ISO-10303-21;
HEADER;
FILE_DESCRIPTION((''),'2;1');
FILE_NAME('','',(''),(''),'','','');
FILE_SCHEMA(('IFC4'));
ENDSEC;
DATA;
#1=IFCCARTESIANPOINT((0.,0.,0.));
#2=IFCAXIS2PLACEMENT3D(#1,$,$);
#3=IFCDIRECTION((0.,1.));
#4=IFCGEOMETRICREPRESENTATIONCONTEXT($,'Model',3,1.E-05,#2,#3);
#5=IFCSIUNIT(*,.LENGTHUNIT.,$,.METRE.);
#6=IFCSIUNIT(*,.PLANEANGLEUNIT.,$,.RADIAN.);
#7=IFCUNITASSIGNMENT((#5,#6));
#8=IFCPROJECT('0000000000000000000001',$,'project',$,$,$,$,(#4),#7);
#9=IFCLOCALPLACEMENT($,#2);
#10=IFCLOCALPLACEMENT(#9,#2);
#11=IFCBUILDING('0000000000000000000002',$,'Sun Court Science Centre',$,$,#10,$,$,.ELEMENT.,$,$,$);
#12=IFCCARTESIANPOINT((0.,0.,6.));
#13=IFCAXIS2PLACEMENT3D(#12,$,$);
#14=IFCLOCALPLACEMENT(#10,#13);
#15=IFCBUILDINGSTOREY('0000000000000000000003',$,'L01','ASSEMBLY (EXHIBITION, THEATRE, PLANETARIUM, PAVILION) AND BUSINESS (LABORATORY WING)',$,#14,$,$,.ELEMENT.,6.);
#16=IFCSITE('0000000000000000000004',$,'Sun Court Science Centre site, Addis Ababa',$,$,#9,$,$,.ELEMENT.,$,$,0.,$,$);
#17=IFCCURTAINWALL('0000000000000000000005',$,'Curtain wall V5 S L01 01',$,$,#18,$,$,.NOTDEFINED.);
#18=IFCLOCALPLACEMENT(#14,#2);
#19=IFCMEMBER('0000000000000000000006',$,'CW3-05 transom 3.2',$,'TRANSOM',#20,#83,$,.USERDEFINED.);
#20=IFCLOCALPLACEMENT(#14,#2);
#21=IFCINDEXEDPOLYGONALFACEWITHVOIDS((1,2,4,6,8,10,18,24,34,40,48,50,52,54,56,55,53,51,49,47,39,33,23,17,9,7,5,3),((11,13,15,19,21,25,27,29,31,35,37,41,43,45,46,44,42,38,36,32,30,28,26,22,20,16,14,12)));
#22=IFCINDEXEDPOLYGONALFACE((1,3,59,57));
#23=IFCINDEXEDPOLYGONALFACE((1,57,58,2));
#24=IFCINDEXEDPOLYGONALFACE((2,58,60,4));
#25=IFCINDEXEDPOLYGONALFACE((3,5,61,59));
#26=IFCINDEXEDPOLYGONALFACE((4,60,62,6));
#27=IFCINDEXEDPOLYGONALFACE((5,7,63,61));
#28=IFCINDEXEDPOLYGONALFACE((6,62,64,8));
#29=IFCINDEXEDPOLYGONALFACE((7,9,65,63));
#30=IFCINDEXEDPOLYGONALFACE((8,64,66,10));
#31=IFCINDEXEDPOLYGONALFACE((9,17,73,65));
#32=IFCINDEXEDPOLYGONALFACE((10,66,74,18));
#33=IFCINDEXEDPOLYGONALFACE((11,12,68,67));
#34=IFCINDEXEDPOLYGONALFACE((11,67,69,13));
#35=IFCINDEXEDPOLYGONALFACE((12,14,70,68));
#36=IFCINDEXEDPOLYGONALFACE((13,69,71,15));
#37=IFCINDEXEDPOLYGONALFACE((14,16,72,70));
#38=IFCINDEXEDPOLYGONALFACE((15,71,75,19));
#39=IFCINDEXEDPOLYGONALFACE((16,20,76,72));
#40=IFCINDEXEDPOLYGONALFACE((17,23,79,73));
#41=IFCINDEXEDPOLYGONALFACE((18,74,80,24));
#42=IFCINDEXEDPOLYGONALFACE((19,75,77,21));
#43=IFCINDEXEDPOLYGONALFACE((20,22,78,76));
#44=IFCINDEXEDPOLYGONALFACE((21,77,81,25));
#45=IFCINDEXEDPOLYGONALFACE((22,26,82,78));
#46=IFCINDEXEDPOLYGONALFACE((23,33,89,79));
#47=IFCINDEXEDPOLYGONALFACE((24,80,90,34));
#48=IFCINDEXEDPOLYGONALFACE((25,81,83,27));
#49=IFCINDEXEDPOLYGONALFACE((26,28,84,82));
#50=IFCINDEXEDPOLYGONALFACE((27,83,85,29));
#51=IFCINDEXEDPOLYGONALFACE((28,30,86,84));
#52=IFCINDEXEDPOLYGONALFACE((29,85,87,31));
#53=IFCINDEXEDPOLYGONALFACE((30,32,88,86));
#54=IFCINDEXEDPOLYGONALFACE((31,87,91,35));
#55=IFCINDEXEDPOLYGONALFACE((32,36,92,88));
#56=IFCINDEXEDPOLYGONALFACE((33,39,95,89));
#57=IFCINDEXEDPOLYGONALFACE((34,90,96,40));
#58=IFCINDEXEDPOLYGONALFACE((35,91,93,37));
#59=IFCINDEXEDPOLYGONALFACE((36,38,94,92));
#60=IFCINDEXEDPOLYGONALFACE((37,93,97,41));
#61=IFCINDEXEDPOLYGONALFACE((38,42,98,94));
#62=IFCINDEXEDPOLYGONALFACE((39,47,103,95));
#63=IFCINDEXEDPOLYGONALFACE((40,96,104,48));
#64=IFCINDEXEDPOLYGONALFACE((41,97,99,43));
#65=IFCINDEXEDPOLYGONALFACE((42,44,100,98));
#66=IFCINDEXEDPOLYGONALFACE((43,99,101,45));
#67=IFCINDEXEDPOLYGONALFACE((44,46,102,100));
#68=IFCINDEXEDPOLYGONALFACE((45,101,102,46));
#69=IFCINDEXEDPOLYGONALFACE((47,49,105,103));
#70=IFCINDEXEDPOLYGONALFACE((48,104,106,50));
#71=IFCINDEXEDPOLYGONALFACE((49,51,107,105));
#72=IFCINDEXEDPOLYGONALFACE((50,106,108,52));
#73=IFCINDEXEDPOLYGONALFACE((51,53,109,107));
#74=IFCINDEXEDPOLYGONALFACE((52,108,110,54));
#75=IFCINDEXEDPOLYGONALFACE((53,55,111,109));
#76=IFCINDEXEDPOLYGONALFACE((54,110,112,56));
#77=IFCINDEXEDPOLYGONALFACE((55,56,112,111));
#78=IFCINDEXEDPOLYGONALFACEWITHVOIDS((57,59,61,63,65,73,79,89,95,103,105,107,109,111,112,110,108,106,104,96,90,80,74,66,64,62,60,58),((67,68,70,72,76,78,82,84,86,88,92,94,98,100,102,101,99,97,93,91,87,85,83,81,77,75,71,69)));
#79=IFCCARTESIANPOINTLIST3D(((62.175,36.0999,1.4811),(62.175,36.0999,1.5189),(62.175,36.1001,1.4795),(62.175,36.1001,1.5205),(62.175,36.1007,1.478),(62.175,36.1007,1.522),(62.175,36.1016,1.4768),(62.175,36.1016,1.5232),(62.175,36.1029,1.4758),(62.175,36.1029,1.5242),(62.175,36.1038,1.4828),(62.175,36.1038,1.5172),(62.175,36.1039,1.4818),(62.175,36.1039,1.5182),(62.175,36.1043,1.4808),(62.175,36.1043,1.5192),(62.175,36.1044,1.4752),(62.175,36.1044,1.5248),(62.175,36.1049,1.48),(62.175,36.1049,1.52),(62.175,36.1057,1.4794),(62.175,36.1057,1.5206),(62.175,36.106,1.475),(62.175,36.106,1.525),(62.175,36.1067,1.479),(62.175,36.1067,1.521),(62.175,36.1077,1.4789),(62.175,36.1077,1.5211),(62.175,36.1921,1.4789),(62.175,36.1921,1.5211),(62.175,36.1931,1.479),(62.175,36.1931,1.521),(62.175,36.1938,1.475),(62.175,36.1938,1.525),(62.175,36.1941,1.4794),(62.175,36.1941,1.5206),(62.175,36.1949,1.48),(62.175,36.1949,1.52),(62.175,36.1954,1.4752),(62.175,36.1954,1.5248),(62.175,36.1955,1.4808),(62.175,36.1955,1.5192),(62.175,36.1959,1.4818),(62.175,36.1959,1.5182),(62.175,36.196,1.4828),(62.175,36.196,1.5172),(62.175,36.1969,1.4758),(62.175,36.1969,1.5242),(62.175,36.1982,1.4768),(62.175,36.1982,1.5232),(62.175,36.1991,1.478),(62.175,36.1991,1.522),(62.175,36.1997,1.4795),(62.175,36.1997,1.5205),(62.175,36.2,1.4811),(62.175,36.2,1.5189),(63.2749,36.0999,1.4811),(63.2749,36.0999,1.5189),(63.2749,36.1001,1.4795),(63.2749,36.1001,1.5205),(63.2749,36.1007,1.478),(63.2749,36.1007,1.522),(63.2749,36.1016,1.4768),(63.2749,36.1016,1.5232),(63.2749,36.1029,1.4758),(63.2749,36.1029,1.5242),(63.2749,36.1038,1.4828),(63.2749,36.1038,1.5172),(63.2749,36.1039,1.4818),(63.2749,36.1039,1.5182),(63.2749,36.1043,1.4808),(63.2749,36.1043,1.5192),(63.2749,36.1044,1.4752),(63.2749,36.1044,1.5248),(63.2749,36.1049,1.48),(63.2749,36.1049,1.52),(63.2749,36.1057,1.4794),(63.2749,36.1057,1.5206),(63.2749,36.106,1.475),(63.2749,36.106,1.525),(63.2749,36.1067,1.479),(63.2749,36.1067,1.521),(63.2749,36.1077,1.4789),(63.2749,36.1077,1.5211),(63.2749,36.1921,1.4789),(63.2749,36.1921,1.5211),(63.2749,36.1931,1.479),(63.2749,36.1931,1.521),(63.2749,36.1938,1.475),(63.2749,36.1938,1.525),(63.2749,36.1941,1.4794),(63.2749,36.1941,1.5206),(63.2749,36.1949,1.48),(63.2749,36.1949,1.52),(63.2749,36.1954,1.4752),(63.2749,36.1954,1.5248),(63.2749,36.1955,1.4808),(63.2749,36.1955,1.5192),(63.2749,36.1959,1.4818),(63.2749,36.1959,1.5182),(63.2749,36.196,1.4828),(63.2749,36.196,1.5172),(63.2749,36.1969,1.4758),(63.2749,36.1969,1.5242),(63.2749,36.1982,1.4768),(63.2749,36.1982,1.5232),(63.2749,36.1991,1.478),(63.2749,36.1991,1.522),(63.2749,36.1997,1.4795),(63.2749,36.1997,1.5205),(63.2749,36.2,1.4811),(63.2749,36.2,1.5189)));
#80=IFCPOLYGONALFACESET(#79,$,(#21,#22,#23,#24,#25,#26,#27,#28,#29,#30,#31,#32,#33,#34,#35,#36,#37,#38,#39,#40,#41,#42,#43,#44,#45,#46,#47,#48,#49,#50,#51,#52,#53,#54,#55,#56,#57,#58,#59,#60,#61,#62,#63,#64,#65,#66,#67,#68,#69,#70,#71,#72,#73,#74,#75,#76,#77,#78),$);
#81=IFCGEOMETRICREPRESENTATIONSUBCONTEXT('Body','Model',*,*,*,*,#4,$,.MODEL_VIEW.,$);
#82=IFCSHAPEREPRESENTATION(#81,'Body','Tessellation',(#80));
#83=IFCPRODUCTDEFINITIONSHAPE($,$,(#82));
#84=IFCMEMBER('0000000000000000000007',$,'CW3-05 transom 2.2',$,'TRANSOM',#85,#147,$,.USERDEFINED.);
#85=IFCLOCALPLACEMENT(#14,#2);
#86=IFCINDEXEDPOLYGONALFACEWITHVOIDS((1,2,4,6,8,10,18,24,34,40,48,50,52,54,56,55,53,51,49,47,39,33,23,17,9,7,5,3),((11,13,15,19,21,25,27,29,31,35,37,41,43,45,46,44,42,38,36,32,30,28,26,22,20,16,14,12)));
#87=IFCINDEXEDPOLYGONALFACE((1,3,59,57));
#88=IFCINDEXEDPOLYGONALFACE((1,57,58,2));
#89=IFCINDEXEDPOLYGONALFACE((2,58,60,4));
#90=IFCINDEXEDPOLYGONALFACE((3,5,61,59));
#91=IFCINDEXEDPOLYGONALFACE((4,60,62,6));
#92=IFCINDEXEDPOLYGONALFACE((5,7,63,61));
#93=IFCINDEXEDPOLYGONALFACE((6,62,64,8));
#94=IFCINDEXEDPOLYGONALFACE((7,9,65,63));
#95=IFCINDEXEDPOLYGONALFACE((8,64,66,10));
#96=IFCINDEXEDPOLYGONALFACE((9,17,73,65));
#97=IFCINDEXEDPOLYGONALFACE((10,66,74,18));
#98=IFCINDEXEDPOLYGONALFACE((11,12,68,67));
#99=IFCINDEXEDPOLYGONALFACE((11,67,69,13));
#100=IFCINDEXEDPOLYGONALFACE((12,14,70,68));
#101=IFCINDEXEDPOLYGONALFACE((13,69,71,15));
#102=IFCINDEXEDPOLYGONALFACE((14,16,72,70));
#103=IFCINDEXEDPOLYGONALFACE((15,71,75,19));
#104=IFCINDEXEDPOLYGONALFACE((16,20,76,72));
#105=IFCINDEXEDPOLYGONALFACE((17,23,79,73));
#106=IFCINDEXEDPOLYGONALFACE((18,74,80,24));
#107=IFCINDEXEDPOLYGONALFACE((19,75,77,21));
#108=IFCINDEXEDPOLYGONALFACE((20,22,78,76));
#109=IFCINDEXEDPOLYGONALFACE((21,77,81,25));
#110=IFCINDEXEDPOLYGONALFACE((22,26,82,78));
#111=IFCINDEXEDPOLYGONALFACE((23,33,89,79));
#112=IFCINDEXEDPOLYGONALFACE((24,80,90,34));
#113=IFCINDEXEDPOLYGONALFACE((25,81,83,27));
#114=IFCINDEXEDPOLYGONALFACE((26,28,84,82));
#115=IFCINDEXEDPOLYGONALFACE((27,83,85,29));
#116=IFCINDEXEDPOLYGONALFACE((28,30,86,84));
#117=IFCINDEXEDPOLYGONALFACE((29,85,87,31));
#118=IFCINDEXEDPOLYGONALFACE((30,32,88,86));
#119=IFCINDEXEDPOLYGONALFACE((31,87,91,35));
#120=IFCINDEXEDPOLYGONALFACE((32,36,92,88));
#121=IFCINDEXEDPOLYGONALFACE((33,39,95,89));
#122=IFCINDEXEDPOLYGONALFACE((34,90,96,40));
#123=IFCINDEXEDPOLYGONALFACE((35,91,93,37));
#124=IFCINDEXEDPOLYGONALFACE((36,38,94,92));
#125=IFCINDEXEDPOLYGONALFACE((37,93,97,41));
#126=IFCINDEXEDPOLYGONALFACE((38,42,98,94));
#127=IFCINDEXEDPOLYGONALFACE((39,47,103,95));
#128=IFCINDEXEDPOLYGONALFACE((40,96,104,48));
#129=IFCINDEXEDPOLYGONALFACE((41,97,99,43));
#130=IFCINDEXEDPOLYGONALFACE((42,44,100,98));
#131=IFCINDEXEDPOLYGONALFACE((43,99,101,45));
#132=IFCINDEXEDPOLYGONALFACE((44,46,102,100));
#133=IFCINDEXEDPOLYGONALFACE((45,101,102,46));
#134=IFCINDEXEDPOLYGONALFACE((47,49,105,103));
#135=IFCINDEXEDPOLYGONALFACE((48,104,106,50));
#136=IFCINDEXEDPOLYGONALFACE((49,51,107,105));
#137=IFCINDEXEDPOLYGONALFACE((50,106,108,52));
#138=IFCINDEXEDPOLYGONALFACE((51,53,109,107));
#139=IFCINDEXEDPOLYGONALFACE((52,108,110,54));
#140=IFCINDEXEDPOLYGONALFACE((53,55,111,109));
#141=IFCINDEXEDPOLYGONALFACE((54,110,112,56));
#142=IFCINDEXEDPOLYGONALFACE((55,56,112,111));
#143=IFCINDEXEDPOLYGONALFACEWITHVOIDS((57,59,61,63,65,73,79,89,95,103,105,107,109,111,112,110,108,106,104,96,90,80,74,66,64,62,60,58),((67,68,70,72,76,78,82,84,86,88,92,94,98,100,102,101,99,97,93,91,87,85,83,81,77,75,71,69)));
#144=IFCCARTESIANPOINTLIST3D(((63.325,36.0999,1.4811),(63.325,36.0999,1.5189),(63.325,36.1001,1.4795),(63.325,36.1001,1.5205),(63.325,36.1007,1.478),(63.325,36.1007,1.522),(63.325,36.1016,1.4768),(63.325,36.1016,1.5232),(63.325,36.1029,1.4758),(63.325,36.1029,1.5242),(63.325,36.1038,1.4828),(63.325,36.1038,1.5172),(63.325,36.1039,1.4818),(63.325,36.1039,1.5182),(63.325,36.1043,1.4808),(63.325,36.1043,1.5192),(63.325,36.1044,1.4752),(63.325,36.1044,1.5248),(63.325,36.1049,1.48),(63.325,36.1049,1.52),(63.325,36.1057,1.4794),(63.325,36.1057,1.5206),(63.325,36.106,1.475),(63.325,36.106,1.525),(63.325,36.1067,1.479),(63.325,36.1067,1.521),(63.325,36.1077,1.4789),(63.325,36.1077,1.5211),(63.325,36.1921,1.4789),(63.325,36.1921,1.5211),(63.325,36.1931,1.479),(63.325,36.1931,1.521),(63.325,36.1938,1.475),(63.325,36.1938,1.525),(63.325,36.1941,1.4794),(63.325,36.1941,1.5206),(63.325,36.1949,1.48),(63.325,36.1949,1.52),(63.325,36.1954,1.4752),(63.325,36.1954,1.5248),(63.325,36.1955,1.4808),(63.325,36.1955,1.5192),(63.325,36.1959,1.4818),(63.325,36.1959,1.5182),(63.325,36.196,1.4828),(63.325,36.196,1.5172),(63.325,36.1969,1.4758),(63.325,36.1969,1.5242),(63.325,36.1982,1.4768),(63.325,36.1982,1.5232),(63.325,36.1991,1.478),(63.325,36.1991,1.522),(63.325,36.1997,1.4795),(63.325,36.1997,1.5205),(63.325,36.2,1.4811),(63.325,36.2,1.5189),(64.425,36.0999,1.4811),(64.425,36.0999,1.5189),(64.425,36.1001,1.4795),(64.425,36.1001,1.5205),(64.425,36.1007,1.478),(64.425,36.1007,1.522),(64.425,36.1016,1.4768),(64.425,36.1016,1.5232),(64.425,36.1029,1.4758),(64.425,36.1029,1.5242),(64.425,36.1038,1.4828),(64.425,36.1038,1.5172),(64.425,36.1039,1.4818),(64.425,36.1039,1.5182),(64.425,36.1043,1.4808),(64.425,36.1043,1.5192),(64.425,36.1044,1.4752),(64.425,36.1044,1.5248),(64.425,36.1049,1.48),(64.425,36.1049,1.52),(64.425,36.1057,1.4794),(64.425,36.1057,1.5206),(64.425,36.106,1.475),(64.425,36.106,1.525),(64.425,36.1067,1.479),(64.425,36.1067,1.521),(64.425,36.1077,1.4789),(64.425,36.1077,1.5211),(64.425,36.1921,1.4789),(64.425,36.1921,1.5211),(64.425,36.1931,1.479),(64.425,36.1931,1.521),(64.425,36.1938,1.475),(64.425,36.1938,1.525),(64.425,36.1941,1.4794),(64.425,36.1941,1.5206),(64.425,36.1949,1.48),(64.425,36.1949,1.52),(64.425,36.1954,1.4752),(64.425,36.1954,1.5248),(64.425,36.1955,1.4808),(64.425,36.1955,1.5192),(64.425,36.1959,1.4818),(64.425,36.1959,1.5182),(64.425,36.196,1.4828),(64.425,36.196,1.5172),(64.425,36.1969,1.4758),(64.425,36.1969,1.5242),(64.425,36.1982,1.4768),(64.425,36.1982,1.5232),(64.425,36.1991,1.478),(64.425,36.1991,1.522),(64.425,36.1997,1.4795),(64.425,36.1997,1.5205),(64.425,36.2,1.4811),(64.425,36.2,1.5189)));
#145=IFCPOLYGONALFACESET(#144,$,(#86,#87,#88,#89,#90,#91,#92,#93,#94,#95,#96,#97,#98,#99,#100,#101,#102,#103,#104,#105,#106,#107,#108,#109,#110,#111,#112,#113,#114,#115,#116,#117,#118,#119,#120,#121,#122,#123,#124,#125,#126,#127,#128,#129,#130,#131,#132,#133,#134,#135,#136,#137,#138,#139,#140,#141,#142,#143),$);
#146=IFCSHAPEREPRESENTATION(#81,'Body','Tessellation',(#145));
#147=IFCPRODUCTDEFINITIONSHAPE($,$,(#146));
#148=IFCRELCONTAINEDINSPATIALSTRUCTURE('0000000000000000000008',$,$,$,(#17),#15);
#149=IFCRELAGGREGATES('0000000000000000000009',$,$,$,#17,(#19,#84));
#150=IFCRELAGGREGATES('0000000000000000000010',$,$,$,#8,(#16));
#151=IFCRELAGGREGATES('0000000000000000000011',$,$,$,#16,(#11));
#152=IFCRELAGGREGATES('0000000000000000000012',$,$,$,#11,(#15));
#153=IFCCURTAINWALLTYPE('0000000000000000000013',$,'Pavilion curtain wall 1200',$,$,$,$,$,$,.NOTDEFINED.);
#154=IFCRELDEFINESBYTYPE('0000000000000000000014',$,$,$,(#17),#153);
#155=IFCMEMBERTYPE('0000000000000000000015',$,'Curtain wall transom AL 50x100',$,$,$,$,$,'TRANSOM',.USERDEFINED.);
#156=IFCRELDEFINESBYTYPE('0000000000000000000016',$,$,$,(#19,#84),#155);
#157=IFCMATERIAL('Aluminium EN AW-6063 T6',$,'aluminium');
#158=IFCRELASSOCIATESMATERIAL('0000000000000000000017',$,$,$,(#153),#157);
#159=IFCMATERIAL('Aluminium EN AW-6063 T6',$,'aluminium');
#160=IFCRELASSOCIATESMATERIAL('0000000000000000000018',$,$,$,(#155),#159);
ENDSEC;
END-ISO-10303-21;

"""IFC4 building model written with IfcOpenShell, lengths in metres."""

from ifc_helpers import new_model, si_unit, direction, frame, origin, origin_2d, place, context, subcontext, project, spatial, hollow_rectangle, extrude, material, material_profile, profile_set, type_object, element, aggregate, save


model = new_model("IFC4")

# Units and contexts
model_context = context("Model", 3, precision=1e-05, world=origin(), true_north=direction((0.0, 1.0)))
body_context = subcontext(model_context, "Body", "Model", "MODEL_VIEW")
ifc_project = project(units=[si_unit("LENGTHUNIT", "METRE"), si_unit("PLANEANGLEUNIT", "RADIAN")], contexts=[model_context])

# Site, building, storey
site_placement = place(None, origin())
site = spatial("IfcSite", under=ifc_project, at=site_placement, Name="Sun Court Science Centre site, Addis Ababa", CompositionType="ELEMENT", RefElevation=0.0)
building_placement = place(site_placement, origin())
building = spatial("IfcBuilding", under=site, at=building_placement, Name="Sun Court Science Centre", CompositionType="ELEMENT")
storey_placement = place(building_placement, frame((0.0, 0.0, 6.0)))
storey = spatial("IfcBuildingStorey", under=building, at=storey_placement, Name="L01", Description="ASSEMBLY (EXHIBITION, THEATRE, PLANETARIUM, PAVILION) AND BUSINESS (LABORATORY WING)", CompositionType="ELEMENT", Elevation=6.0)

# Curtain wall, members
ifc_material_1 = material(Name="Aluminium EN AW-6063 T6", Category="aluminium")
curtain_wall_type = type_object("IfcCurtainWallType", Name="Pavilion curtain wall 1200", PredefinedType="NOTDEFINED", material=ifc_material_1)
curtain_wall_placement = place(storey_placement, origin())
curtain_wall = element("IfcCurtainWall", 1, at=curtain_wall_placement, inside=storey, type_object=curtain_wall_type, Name="Curtain wall V5 S L01 01", PredefinedType="NOTDEFINED")
ifc_material_2 = material(Name="Aluminium EN AW-6063 T6", Category="aluminium")
ifc_material_profile_1 = material_profile(ifc_material_2, hollow_rectangle(XDim=0.05, YDim=0.1001, WallThickness=0.0039, InnerFilletRadius=0.0039, OuterFilletRadius=0.0061, at=origin_2d()), Name="AL 50x100x4")
ifc_profile_set_1 = profile_set([ifc_material_profile_1], Name="Aluminium EN AW-6063 T6")
member_type_1 = type_object("IfcMemberType", Name="Curtain wall transom AL 50x100", ElementType="TRANSOM", PredefinedType="USERDEFINED", material=ifc_profile_set_1)
member_1_placement = place(storey_placement, frame((63.2749, 36.1499, 1.5), z_axis=(-1.0, 0.0, 0.0), x_axis=(0.0, 0.0, 1.0)))
member_1 = element("IfcMember", 2, at=member_1_placement, type_object=member_type_1, Name="CW3-05 transom 3.2", ObjectType="TRANSOM", PredefinedType="USERDEFINED", context=body_context, shape_type="SweptSolid", body=[
    extrude(hollow_rectangle(XDim=0.05, YDim=0.1001, WallThickness=0.0039, InnerFilletRadius=0.0039, OuterFilletRadius=0.0061, at=origin_2d()), origin(), (0.0, 0.0, 1.0), 1.0999),
])
member_2_placement = place(storey_placement, frame((64.425, 36.1499, 1.5), z_axis=(-1.0, 0.0, 0.0), x_axis=(0.0, 0.0, 1.0)))
member_2 = element("IfcMember", 3, at=member_2_placement, type_object=member_type_1, Name="CW3-05 transom 2.2", ObjectType="TRANSOM", PredefinedType="USERDEFINED", context=body_context, shape_type="SweptSolid", body=[
    extrude(hollow_rectangle(XDim=0.05, YDim=0.1001, WallThickness=0.0039, InnerFilletRadius=0.0039, OuterFilletRadius=0.0061, at=origin_2d()), origin(), (0.0, 0.0, 1.0), 1.1001),
])

aggregate(curtain_wall, [member_1, member_2])

save(model, "model.ifc")
